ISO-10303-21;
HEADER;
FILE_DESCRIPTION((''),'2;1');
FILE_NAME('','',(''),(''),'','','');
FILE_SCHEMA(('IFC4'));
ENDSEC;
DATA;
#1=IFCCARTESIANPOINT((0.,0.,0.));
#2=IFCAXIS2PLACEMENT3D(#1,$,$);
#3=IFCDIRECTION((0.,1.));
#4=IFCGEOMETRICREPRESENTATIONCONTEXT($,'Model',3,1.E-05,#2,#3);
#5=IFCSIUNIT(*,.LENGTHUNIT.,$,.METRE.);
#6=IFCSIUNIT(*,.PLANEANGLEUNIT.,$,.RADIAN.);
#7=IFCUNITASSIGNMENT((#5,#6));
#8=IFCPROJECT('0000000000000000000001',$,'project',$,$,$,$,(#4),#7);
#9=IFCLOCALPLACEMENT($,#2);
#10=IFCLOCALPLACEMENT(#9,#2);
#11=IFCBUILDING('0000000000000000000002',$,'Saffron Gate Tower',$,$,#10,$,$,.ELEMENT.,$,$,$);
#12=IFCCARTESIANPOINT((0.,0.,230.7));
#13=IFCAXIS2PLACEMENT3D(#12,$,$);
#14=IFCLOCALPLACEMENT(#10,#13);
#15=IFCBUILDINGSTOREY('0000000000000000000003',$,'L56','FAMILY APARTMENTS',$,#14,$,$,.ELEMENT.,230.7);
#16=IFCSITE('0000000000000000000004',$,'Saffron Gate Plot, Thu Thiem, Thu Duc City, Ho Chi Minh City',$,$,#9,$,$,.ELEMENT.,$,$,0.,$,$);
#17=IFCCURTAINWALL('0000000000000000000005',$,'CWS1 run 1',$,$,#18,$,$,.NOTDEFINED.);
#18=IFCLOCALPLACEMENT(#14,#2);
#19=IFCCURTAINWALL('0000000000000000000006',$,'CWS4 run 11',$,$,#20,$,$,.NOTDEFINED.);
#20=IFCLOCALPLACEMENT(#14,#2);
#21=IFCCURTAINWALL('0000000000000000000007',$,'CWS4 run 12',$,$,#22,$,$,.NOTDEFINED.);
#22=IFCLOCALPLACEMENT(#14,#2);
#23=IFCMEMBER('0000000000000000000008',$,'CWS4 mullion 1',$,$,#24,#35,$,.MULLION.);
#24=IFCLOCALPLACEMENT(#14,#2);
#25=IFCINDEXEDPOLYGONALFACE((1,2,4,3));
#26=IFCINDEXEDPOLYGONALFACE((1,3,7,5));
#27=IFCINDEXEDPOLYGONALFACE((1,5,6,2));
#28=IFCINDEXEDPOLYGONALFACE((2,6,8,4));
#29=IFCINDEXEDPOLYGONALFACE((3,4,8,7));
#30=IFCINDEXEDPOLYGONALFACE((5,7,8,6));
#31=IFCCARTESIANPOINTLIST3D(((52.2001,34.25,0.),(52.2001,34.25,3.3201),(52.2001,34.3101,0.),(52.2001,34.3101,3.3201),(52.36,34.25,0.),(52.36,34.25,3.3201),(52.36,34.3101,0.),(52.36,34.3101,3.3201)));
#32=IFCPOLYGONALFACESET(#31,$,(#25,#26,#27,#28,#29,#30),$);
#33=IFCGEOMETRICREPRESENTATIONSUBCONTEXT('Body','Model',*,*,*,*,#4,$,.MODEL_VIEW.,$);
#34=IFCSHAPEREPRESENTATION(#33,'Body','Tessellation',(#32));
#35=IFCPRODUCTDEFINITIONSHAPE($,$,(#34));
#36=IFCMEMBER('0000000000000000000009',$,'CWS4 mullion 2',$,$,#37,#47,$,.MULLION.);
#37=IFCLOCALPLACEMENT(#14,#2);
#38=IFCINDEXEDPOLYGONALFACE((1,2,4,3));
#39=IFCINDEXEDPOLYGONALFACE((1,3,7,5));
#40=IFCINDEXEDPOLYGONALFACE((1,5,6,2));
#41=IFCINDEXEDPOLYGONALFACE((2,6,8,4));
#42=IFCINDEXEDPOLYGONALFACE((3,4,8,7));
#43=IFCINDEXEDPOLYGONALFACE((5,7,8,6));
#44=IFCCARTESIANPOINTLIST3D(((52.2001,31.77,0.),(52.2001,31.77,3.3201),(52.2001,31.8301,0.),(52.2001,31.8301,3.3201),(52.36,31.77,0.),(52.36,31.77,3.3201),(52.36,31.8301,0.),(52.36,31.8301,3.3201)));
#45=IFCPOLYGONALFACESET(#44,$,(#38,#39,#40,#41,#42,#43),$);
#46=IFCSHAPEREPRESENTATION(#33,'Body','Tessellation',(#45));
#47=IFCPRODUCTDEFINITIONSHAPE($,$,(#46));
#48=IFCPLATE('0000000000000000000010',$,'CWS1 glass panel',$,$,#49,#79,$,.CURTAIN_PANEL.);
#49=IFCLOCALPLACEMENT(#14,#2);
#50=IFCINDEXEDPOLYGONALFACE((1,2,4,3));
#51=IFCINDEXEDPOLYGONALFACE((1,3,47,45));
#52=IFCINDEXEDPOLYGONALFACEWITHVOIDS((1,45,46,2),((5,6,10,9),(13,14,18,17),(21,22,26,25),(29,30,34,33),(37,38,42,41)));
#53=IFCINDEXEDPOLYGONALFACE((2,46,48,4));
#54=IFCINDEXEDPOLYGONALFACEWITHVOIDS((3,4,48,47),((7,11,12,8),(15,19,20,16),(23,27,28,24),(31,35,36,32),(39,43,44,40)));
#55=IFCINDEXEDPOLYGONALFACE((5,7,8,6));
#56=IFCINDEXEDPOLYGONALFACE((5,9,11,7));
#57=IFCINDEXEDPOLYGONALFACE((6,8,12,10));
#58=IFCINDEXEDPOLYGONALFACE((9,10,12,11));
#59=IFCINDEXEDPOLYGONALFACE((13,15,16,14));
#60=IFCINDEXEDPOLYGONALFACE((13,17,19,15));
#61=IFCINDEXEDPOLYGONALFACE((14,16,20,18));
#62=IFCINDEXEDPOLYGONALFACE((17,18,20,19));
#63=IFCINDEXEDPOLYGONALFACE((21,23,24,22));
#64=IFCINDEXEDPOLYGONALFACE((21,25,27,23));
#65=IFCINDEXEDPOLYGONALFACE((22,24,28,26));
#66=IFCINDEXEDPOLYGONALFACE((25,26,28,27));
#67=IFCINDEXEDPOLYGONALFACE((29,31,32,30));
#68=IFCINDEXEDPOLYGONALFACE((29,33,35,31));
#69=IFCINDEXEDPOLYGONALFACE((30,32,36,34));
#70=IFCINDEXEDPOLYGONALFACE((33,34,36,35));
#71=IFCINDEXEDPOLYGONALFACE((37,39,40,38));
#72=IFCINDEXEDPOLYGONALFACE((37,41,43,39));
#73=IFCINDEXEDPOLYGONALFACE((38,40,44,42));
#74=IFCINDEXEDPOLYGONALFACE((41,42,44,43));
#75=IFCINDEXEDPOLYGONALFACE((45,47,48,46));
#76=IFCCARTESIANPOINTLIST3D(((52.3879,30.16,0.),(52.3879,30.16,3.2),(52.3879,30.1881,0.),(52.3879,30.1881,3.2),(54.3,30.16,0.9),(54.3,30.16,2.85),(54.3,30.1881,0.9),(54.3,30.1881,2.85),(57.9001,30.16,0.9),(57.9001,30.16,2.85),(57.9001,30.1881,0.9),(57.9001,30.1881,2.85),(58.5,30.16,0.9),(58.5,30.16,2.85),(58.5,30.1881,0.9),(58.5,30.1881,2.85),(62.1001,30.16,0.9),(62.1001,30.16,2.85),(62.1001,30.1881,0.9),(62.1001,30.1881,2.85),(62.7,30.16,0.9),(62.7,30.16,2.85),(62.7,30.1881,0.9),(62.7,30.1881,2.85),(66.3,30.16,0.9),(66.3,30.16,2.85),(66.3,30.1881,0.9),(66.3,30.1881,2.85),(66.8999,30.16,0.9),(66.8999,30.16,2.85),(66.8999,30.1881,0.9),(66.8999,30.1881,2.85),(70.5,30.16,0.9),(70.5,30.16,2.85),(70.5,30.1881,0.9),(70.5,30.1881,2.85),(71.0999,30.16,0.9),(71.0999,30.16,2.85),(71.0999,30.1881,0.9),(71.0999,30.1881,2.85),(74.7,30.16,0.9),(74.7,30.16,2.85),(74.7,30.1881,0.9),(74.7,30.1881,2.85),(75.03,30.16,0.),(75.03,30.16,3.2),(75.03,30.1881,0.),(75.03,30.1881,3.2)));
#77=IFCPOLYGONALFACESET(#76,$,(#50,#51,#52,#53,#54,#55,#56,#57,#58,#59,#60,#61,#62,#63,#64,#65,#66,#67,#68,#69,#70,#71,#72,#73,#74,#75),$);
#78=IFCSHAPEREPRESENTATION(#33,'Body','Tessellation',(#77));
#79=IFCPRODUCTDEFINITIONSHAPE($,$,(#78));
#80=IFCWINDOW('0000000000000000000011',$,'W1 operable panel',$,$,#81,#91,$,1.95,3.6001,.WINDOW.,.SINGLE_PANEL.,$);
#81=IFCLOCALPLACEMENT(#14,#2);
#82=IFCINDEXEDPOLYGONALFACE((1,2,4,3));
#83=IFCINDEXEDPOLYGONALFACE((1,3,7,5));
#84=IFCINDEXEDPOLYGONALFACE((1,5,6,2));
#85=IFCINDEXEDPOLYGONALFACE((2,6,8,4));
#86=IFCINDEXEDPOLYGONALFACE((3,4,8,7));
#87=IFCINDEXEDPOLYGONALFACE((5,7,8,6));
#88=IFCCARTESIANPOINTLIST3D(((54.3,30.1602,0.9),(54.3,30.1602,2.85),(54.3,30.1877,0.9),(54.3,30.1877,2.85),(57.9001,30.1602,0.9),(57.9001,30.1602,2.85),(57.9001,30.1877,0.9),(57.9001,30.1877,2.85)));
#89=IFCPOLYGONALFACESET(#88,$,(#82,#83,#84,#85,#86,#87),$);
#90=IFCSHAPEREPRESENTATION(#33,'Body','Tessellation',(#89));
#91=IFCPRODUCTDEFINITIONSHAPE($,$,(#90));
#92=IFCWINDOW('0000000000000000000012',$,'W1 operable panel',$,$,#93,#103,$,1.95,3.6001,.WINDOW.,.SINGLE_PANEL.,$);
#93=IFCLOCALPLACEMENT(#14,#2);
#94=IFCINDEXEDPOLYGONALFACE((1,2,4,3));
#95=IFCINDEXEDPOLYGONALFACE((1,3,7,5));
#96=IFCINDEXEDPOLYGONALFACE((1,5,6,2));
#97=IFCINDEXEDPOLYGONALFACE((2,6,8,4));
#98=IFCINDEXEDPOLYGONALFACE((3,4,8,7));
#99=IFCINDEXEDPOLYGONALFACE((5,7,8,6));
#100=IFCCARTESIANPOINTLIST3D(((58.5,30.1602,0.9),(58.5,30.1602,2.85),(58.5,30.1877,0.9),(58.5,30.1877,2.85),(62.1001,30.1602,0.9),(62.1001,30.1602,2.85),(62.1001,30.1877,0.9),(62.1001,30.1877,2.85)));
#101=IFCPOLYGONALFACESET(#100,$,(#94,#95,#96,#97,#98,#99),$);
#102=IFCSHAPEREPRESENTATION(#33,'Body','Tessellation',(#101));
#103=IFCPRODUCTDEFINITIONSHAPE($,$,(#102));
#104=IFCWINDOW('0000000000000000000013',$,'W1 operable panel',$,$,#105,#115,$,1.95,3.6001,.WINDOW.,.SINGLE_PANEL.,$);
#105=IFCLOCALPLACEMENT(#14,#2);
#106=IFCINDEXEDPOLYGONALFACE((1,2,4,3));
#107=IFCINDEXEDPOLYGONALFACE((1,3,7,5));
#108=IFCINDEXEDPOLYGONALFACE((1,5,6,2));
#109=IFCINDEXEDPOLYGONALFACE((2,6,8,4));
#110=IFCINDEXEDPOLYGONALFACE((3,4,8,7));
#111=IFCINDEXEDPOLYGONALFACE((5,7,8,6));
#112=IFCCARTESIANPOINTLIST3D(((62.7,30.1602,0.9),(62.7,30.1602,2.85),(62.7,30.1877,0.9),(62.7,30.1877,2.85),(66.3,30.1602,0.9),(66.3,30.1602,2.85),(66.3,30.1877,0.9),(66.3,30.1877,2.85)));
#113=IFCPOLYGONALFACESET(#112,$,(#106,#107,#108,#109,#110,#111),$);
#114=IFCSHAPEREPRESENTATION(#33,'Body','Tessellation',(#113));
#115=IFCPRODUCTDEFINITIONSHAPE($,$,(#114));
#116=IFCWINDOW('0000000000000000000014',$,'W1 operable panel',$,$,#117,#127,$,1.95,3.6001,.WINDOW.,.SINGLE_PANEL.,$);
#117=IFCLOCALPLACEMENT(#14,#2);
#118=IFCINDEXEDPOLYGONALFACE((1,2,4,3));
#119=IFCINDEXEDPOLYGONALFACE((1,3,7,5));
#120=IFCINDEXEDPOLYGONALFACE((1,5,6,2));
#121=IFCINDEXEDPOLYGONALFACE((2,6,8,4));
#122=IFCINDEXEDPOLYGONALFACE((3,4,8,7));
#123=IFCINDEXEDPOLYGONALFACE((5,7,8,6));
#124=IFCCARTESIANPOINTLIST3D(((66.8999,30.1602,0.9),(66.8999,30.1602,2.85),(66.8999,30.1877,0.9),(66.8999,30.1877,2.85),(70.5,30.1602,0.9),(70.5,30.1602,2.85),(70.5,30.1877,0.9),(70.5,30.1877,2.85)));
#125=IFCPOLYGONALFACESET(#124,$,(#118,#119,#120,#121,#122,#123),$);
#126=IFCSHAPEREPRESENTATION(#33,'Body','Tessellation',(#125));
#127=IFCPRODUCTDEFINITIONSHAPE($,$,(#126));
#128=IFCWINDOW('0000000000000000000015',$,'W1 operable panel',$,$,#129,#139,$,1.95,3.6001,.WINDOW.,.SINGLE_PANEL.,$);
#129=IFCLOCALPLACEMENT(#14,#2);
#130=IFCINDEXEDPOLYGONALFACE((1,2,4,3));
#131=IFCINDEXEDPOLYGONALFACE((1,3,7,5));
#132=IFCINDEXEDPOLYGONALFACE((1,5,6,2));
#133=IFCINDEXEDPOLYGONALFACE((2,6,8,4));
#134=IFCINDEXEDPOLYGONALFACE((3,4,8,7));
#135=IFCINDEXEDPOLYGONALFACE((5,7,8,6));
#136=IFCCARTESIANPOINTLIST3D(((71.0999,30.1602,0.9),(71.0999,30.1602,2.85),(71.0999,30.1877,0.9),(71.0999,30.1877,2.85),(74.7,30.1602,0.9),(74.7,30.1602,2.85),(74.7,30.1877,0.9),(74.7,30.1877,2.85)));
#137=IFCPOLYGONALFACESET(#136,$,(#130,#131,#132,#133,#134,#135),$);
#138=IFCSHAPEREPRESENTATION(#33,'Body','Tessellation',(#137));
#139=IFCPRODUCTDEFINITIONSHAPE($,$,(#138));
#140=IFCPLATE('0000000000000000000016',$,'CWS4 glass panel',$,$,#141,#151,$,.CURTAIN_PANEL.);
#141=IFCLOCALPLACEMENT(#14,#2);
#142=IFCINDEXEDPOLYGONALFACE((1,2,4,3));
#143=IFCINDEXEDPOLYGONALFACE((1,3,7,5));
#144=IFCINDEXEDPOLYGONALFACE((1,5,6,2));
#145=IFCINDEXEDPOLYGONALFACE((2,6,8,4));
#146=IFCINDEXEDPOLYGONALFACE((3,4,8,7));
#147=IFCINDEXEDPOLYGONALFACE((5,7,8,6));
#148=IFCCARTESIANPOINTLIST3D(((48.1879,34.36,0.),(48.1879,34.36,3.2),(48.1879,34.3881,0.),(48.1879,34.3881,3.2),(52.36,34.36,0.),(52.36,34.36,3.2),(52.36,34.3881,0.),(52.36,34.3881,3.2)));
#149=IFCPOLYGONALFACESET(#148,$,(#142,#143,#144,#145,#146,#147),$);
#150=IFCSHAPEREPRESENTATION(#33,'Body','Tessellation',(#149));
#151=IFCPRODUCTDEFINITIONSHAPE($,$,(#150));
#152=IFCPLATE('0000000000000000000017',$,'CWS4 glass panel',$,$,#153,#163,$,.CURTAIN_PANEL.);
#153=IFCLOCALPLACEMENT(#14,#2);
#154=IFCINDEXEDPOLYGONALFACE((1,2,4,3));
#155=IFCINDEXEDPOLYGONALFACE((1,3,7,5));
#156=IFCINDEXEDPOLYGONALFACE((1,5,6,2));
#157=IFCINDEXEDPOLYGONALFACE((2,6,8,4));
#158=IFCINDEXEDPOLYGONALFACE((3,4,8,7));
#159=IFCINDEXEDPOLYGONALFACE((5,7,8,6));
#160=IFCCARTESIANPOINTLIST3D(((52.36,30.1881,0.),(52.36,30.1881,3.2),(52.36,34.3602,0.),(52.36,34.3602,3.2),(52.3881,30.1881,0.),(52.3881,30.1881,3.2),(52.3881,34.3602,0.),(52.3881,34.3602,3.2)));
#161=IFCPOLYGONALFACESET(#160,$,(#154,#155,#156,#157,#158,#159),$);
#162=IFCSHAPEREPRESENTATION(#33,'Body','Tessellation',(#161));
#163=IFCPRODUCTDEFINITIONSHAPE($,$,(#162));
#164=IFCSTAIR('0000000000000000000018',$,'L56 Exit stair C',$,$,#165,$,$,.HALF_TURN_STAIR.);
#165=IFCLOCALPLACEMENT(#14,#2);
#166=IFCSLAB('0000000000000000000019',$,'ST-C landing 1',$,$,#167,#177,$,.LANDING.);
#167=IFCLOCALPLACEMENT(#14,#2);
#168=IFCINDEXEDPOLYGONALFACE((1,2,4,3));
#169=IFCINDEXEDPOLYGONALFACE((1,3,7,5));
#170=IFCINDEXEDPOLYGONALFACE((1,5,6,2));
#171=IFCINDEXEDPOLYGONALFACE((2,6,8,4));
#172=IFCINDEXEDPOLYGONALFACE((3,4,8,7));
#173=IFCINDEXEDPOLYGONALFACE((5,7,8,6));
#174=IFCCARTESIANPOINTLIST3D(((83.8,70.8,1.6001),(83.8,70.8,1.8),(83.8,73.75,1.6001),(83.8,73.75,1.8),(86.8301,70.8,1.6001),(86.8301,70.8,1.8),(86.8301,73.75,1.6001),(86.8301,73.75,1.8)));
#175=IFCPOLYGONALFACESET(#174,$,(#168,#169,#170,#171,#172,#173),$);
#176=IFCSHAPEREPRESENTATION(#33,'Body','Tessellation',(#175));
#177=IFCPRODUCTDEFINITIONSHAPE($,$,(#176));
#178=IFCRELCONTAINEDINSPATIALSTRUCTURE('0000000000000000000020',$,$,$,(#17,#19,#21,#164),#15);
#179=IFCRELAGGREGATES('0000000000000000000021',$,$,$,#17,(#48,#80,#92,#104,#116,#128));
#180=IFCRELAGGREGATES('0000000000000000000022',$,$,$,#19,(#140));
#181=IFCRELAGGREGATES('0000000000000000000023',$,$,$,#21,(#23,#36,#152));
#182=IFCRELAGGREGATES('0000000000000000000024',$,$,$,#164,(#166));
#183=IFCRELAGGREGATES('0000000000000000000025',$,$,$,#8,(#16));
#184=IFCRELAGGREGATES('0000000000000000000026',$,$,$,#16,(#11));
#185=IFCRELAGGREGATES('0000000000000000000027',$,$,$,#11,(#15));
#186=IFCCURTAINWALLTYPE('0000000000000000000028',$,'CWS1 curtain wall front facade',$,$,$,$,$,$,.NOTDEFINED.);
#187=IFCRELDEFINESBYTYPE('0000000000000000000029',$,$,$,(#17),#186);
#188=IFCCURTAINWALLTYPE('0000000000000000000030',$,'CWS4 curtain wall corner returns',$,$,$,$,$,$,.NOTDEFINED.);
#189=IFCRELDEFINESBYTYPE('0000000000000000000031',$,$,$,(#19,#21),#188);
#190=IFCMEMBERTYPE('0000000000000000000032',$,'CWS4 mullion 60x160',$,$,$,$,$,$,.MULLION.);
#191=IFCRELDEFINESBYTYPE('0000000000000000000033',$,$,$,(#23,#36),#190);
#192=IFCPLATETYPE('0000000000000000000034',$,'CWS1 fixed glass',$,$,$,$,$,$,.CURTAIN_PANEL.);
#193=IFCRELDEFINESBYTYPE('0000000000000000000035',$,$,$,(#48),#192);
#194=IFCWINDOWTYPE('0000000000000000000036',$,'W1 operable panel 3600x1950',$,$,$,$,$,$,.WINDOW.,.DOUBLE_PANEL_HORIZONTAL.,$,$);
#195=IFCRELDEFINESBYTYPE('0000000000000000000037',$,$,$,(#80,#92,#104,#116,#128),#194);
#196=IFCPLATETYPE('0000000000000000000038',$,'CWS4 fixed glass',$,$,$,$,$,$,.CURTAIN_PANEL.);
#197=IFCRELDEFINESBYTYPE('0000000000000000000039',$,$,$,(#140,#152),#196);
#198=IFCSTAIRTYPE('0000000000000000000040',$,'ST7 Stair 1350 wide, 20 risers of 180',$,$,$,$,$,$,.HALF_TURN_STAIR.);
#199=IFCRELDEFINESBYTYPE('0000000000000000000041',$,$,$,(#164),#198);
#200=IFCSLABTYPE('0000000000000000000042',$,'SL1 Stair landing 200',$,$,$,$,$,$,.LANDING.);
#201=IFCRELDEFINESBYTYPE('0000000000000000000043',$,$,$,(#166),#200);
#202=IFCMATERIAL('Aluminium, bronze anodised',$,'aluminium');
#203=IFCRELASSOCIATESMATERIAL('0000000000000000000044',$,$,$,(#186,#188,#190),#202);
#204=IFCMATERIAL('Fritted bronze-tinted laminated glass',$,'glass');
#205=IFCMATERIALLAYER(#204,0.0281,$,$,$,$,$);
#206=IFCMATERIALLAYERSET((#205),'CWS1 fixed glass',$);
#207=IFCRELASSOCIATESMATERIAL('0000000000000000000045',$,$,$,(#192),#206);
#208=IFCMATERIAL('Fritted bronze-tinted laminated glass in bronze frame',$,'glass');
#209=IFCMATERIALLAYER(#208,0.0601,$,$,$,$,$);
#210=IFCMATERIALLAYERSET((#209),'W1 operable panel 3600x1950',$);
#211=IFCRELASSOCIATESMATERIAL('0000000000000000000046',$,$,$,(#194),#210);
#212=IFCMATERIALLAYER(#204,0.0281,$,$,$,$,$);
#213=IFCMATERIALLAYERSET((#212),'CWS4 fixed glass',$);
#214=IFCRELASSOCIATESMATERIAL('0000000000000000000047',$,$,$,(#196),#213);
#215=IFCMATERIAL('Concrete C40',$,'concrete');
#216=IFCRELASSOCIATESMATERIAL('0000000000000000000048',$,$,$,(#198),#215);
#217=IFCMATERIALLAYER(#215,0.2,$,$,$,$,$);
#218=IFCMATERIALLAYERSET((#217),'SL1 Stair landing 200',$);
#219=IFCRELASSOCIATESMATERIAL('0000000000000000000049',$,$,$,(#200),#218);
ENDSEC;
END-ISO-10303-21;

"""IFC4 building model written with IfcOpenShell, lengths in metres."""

from ifc_helpers import new_model, si_unit, direction, frame, frame_2d, origin, origin_2d, place, context, subcontext, project, spatial, polyline, rectangle, outline, extrude, material, layer, layer_set, material_profile, profile_set, type_object, element, fill, aggregate, save


model = new_model("IFC4")

# Units and contexts
model_context = context("Model", 3, precision=1e-05, world=origin(), true_north=direction((0.0, 1.0)))
body_context = subcontext(model_context, "Body", "Model", "MODEL_VIEW")
ifc_project = project(units=[si_unit("LENGTHUNIT", "METRE"), si_unit("PLANEANGLEUNIT", "RADIAN")], contexts=[model_context])

# Site, building, storey
site_placement = place(None, origin())
site = spatial("IfcSite", under=ifc_project, at=site_placement, Name="Saffron Gate Plot, Thu Thiem, Thu Duc City, Ho Chi Minh City", CompositionType="ELEMENT", RefElevation=0.0)
building_placement = place(site_placement, origin())
building = spatial("IfcBuilding", under=site, at=building_placement, Name="Saffron Gate Tower", CompositionType="ELEMENT")
storey_placement = place(building_placement, frame((0.0, 0.0, 230.7)))
storey = spatial("IfcBuildingStorey", under=building, at=storey_placement, Name="L56", Description="FAMILY APARTMENTS", CompositionType="ELEMENT", Elevation=230.7)

# Curtain wall
ifc_material_1 = material(Name="Aluminium, bronze anodised", Category="aluminium")
curtain_wall_type_1 = type_object("IfcCurtainWallType", Name="CWS1 curtain wall front facade", PredefinedType="NOTDEFINED", material=ifc_material_1)
curtain_wall_1_placement = place(storey_placement, origin())
curtain_wall_1 = element("IfcCurtainWall", 1, at=curtain_wall_1_placement, inside=storey, type_object=curtain_wall_type_1, Name="CWS1 run 1", PredefinedType="NOTDEFINED")

# Curtain walls
curtain_wall_type_2 = type_object("IfcCurtainWallType", Name="CWS4 curtain wall corner returns", PredefinedType="NOTDEFINED", material=ifc_material_1)
curtain_wall_2_placement = place(storey_placement, origin())
curtain_wall_2 = element("IfcCurtainWall", 2, at=curtain_wall_2_placement, inside=storey, type_object=curtain_wall_type_2, Name="CWS4 run 11", PredefinedType="NOTDEFINED")
curtain_wall_3_placement = place(storey_placement, origin())
curtain_wall_3 = element("IfcCurtainWall", 3, at=curtain_wall_3_placement, inside=storey, type_object=curtain_wall_type_2, Name="CWS4 run 12", PredefinedType="NOTDEFINED")

# Members
ifc_material_profile_1 = material_profile(ifc_material_1, rectangle(XDim=0.1599, YDim=0.0601, at=origin_2d()))
ifc_profile_set_1 = profile_set([ifc_material_profile_1], Name="Aluminium, bronze anodised")
member_type_1 = type_object("IfcMemberType", Name="CWS4 mullion 60x160", PredefinedType="MULLION", material=ifc_profile_set_1)
member_1_placement = place(storey_placement, frame((52.28, 34.28, 0.0), z_axis=(0.0, 0.0, 1.0), x_axis=(1.0, 0.0, 0.0)))
member_1 = element("IfcMember", 4, at=member_1_placement, type_object=member_type_1, Name="CWS4 mullion 1", PredefinedType="MULLION", context=body_context, shape_type="SweptSolid", body=[
    extrude(rectangle(XDim=0.1599, YDim=0.0601, at=origin_2d()), origin(), (0.0, 0.0, 1.0), 3.3201),
])
member_2_placement = place(storey_placement, frame((52.28, 31.8, 0.0), z_axis=(0.0, 0.0, 1.0), x_axis=(1.0, 0.0, 0.0)))
member_2 = element("IfcMember", 5, at=member_2_placement, type_object=member_type_1, Name="CWS4 mullion 2", PredefinedType="MULLION", context=body_context, shape_type="SweptSolid", body=[
    extrude(rectangle(XDim=0.1599, YDim=0.0601, at=origin_2d()), origin(), (0.0, 0.0, 1.0), 3.3201),
])

# Plate, openings, windows
ifc_material_2 = material(Name="Fritted bronze-tinted laminated glass", Category="glass")
ifc_layer_1 = layer(ifc_material_2, 0.0281)
ifc_layer_set_1 = layer_set([ifc_layer_1], Name="CWS1 fixed glass")
plate_type_1 = type_object("IfcPlateType", Name="CWS1 fixed glass", PredefinedType="CURTAIN_PANEL", material=ifc_layer_set_1)
plate_1_placement = place(storey_placement, frame((52.3879, 30.1741, 0.0), z_axis=(0.0, 0.0, 1.0), x_axis=(1.0, 0.0, 0.0)))
plate_1 = element("IfcPlate", 6, at=plate_1_placement, type_object=plate_type_1, Name="CWS1 glass panel", PredefinedType="CURTAIN_PANEL", context=body_context, shape_type="SweptSolid", body=[
    extrude(rectangle(XDim=22.6421, YDim=0.0281, at=frame_2d((11.321, 0.0))), origin(), (0.0, 0.0, 1.0), 3.2),
])
opening_1_placement = place(plate_1_placement, frame((1.9121, 0.0, 0.8999)))
opening_1 = element("IfcOpeningElement", 7, at=opening_1_placement, cuts=plate_1, PredefinedType="OPENING", context=body_context, shape_type="SweptSolid", body=[
    extrude(rectangle(XDim=3.6001, YDim=1.95, at=frame_2d((1.8, 0.9751))), frame((0.0, 0.0239, 0.0), z_axis=(0.0, -1.0, 0.0), x_axis=(1.0, 0.0, 0.0)), (0.0, 0.0, 1.0), 0.0481),
])
opening_2_placement = place(plate_1_placement, frame((6.1121, 0.0, 0.8999)))
opening_2 = element("IfcOpeningElement", 8, at=opening_2_placement, cuts=plate_1, PredefinedType="OPENING", context=body_context, shape_type="SweptSolid", body=[
    extrude(rectangle(XDim=3.6001, YDim=1.95, at=frame_2d((1.8, 0.9751))), frame((0.0, 0.0239, 0.0), z_axis=(0.0, -1.0, 0.0), x_axis=(1.0, 0.0, 0.0)), (0.0, 0.0, 1.0), 0.0481),
])
opening_3_placement = place(plate_1_placement, frame((10.312, 0.0, 0.8999)))
opening_3 = element("IfcOpeningElement", 9, at=opening_3_placement, cuts=plate_1, PredefinedType="OPENING", context=body_context, shape_type="SweptSolid", body=[
    extrude(rectangle(XDim=3.6001, YDim=1.95, at=frame_2d((1.8, 0.9751))), frame((0.0, 0.0239, 0.0), z_axis=(0.0, -1.0, 0.0), x_axis=(1.0, 0.0, 0.0)), (0.0, 0.0, 1.0), 0.0481),
])
opening_4_placement = place(plate_1_placement, frame((14.512, 0.0, 0.8999)))
opening_4 = element("IfcOpeningElement", 10, at=opening_4_placement, cuts=plate_1, PredefinedType="OPENING", context=body_context, shape_type="SweptSolid", body=[
    extrude(rectangle(XDim=3.6001, YDim=1.95, at=frame_2d((1.8, 0.9751))), frame((0.0, 0.0239, 0.0), z_axis=(0.0, -1.0, 0.0), x_axis=(1.0, 0.0, 0.0)), (0.0, 0.0, 1.0), 0.0481),
])
opening_5_placement = place(plate_1_placement, frame((18.7119, 0.0, 0.8999)))
opening_5 = element("IfcOpeningElement", 11, at=opening_5_placement, cuts=plate_1, PredefinedType="OPENING", context=body_context, shape_type="SweptSolid", body=[
    extrude(rectangle(XDim=3.6001, YDim=1.95, at=frame_2d((1.8, 0.9751))), frame((0.0, 0.0239, 0.0), z_axis=(0.0, -1.0, 0.0), x_axis=(1.0, 0.0, 0.0)), (0.0, 0.0, 1.0), 0.0481),
])
ifc_material_3 = material(Name="Fritted bronze-tinted laminated glass in bronze frame", Category="glass")
ifc_layer_2 = layer(ifc_material_3, 0.0601)
ifc_layer_set_2 = layer_set([ifc_layer_2], Name="W1 operable panel 3600x1950")
window_type = type_object("IfcWindowType", Name="W1 operable panel 3600x1950", PartitioningType="DOUBLE_PANEL_HORIZONTAL", PredefinedType="WINDOW", material=ifc_layer_set_2)
window_1_placement = place(opening_1_placement, origin())
window_1 = element("IfcWindow", 12, at=window_1_placement, type_object=window_type, Name="W1 operable panel", OverallHeight=1.95, OverallWidth=3.6001, PartitioningType="SINGLE_PANEL", PredefinedType="WINDOW", context=body_context, shape_type="SweptSolid", body=[
    extrude(rectangle(XDim=3.6001, YDim=1.95, at=frame_2d((1.8, 0.9751))), frame((0.0, 0.0137, 0.0), z_axis=(0.0, -1.0, 0.0), x_axis=(1.0, 0.0, 0.0)), (0.0, 0.0, 1.0), 0.0276),
])
fill(opening_1, window_1)
window_2_placement = place(opening_2_placement, origin())
window_2 = element("IfcWindow", 13, at=window_2_placement, type_object=window_type, Name="W1 operable panel", OverallHeight=1.95, OverallWidth=3.6001, PartitioningType="SINGLE_PANEL", PredefinedType="WINDOW", context=body_context, shape_type="SweptSolid", body=[
    extrude(rectangle(XDim=3.6001, YDim=1.95, at=frame_2d((1.8, 0.9751))), frame((0.0, 0.0137, 0.0), z_axis=(0.0, -1.0, 0.0), x_axis=(1.0, 0.0, 0.0)), (0.0, 0.0, 1.0), 0.0276),
])
fill(opening_2, window_2)
window_3_placement = place(opening_3_placement, origin())
window_3 = element("IfcWindow", 14, at=window_3_placement, type_object=window_type, Name="W1 operable panel", OverallHeight=1.95, OverallWidth=3.6001, PartitioningType="SINGLE_PANEL", PredefinedType="WINDOW", context=body_context, shape_type="SweptSolid", body=[
    extrude(rectangle(XDim=3.6001, YDim=1.95, at=frame_2d((1.8, 0.9751))), frame((0.0, 0.0137, 0.0), z_axis=(0.0, -1.0, 0.0), x_axis=(1.0, 0.0, 0.0)), (0.0, 0.0, 1.0), 0.0276),
])
fill(opening_3, window_3)
window_4_placement = place(opening_4_placement, origin())
window_4 = element("IfcWindow", 15, at=window_4_placement, type_object=window_type, Name="W1 operable panel", OverallHeight=1.95, OverallWidth=3.6001, PartitioningType="SINGLE_PANEL", PredefinedType="WINDOW", context=body_context, shape_type="SweptSolid", body=[
    extrude(rectangle(XDim=3.6001, YDim=1.95, at=frame_2d((1.8, 0.9751))), frame((0.0, 0.0137, 0.0), z_axis=(0.0, -1.0, 0.0), x_axis=(1.0, 0.0, 0.0)), (0.0, 0.0, 1.0), 0.0276),
])
fill(opening_4, window_4)
window_5_placement = place(opening_5_placement, origin())
window_5 = element("IfcWindow", 16, at=window_5_placement, type_object=window_type, Name="W1 operable panel", OverallHeight=1.95, OverallWidth=3.6001, PartitioningType="SINGLE_PANEL", PredefinedType="WINDOW", context=body_context, shape_type="SweptSolid", body=[
    extrude(rectangle(XDim=3.6001, YDim=1.95, at=frame_2d((1.8, 0.9751))), frame((0.0, 0.0137, 0.0), z_axis=(0.0, -1.0, 0.0), x_axis=(1.0, 0.0, 0.0)), (0.0, 0.0, 1.0), 0.0276),
])
fill(opening_5, window_5)
aggregate(curtain_wall_1, [plate_1, window_1, window_2, window_3, window_4, window_5])

# Plates
ifc_layer_3 = layer(ifc_material_2, 0.0281)
ifc_layer_set_3 = layer_set([ifc_layer_3], Name="CWS4 fixed glass")
plate_type_2 = type_object("IfcPlateType", Name="CWS4 fixed glass", PredefinedType="CURTAIN_PANEL", material=ifc_layer_set_3)
plate_2_placement = place(storey_placement, frame((48.188, 34.374, 0.0), z_axis=(0.0, 0.0, 1.0), x_axis=(1.0, 0.0, 0.0)))
plate_2 = element("IfcPlate", 17, at=plate_2_placement, type_object=plate_type_2, Name="CWS4 glass panel", PredefinedType="CURTAIN_PANEL", context=body_context, shape_type="SweptSolid", body=[
    extrude(rectangle(XDim=4.1721, YDim=0.0281, at=frame_2d((2.0859, 0.0))), origin(), (0.0, 0.0, 1.0), 3.2),
])
aggregate(curtain_wall_2, [plate_2])
plate_3_placement = place(storey_placement, frame((52.374, 34.3601, 0.0), z_axis=(0.0, 0.0, 1.0), x_axis=(0.0, -1.0, 0.0)))
plate_3 = element("IfcPlate", 18, at=plate_3_placement, type_object=plate_type_2, Name="CWS4 glass panel", PredefinedType="CURTAIN_PANEL", context=body_context, shape_type="SweptSolid", body=[
    extrude(rectangle(XDim=4.1721, YDim=0.0281, at=frame_2d((2.0859, 0.0))), origin(), (0.0, 0.0, 1.0), 3.2),
])
aggregate(curtain_wall_3, [member_1, member_2, plate_3])

# Stair, slab
ifc_material_4 = material(Name="Concrete C40", Category="concrete")
stair_type = type_object("IfcStairType", Name="ST7 Stair 1350 wide, 20 risers of 180", PredefinedType="HALF_TURN_STAIR", material=ifc_material_4)
stair_1_placement = place(storey_placement, origin())
stair_1 = element("IfcStair", 19, at=stair_1_placement, inside=storey, type_object=stair_type, Name="L56 Exit stair C", PredefinedType="HALF_TURN_STAIR")
ifc_layer_4 = layer(ifc_material_4, 0.2)
ifc_layer_set_4 = layer_set([ifc_layer_4], Name="SL1 Stair landing 200")
slab_type = type_object("IfcSlabType", Name="SL1 Stair landing 200", PredefinedType="LANDING", material=ifc_layer_set_4)
slab_1_placement = place(storey_placement, frame((0.0, 0.0, 1.6001)))
slab_1 = element("IfcSlab", 20, at=slab_1_placement, type_object=slab_type, Name="ST-C landing 1", PredefinedType="LANDING", context=body_context, shape_type="SweptSolid", body=[
    extrude(outline(polyline([(86.8301, 73.75), (83.8, 73.75), (83.8, 70.8), (86.8301, 70.8), (86.8301, 73.75)])), origin(), (0.0, 0.0, 1.0), 0.2),
])
aggregate(stair_1, [slab_1])

save(model, "model.ifc")
